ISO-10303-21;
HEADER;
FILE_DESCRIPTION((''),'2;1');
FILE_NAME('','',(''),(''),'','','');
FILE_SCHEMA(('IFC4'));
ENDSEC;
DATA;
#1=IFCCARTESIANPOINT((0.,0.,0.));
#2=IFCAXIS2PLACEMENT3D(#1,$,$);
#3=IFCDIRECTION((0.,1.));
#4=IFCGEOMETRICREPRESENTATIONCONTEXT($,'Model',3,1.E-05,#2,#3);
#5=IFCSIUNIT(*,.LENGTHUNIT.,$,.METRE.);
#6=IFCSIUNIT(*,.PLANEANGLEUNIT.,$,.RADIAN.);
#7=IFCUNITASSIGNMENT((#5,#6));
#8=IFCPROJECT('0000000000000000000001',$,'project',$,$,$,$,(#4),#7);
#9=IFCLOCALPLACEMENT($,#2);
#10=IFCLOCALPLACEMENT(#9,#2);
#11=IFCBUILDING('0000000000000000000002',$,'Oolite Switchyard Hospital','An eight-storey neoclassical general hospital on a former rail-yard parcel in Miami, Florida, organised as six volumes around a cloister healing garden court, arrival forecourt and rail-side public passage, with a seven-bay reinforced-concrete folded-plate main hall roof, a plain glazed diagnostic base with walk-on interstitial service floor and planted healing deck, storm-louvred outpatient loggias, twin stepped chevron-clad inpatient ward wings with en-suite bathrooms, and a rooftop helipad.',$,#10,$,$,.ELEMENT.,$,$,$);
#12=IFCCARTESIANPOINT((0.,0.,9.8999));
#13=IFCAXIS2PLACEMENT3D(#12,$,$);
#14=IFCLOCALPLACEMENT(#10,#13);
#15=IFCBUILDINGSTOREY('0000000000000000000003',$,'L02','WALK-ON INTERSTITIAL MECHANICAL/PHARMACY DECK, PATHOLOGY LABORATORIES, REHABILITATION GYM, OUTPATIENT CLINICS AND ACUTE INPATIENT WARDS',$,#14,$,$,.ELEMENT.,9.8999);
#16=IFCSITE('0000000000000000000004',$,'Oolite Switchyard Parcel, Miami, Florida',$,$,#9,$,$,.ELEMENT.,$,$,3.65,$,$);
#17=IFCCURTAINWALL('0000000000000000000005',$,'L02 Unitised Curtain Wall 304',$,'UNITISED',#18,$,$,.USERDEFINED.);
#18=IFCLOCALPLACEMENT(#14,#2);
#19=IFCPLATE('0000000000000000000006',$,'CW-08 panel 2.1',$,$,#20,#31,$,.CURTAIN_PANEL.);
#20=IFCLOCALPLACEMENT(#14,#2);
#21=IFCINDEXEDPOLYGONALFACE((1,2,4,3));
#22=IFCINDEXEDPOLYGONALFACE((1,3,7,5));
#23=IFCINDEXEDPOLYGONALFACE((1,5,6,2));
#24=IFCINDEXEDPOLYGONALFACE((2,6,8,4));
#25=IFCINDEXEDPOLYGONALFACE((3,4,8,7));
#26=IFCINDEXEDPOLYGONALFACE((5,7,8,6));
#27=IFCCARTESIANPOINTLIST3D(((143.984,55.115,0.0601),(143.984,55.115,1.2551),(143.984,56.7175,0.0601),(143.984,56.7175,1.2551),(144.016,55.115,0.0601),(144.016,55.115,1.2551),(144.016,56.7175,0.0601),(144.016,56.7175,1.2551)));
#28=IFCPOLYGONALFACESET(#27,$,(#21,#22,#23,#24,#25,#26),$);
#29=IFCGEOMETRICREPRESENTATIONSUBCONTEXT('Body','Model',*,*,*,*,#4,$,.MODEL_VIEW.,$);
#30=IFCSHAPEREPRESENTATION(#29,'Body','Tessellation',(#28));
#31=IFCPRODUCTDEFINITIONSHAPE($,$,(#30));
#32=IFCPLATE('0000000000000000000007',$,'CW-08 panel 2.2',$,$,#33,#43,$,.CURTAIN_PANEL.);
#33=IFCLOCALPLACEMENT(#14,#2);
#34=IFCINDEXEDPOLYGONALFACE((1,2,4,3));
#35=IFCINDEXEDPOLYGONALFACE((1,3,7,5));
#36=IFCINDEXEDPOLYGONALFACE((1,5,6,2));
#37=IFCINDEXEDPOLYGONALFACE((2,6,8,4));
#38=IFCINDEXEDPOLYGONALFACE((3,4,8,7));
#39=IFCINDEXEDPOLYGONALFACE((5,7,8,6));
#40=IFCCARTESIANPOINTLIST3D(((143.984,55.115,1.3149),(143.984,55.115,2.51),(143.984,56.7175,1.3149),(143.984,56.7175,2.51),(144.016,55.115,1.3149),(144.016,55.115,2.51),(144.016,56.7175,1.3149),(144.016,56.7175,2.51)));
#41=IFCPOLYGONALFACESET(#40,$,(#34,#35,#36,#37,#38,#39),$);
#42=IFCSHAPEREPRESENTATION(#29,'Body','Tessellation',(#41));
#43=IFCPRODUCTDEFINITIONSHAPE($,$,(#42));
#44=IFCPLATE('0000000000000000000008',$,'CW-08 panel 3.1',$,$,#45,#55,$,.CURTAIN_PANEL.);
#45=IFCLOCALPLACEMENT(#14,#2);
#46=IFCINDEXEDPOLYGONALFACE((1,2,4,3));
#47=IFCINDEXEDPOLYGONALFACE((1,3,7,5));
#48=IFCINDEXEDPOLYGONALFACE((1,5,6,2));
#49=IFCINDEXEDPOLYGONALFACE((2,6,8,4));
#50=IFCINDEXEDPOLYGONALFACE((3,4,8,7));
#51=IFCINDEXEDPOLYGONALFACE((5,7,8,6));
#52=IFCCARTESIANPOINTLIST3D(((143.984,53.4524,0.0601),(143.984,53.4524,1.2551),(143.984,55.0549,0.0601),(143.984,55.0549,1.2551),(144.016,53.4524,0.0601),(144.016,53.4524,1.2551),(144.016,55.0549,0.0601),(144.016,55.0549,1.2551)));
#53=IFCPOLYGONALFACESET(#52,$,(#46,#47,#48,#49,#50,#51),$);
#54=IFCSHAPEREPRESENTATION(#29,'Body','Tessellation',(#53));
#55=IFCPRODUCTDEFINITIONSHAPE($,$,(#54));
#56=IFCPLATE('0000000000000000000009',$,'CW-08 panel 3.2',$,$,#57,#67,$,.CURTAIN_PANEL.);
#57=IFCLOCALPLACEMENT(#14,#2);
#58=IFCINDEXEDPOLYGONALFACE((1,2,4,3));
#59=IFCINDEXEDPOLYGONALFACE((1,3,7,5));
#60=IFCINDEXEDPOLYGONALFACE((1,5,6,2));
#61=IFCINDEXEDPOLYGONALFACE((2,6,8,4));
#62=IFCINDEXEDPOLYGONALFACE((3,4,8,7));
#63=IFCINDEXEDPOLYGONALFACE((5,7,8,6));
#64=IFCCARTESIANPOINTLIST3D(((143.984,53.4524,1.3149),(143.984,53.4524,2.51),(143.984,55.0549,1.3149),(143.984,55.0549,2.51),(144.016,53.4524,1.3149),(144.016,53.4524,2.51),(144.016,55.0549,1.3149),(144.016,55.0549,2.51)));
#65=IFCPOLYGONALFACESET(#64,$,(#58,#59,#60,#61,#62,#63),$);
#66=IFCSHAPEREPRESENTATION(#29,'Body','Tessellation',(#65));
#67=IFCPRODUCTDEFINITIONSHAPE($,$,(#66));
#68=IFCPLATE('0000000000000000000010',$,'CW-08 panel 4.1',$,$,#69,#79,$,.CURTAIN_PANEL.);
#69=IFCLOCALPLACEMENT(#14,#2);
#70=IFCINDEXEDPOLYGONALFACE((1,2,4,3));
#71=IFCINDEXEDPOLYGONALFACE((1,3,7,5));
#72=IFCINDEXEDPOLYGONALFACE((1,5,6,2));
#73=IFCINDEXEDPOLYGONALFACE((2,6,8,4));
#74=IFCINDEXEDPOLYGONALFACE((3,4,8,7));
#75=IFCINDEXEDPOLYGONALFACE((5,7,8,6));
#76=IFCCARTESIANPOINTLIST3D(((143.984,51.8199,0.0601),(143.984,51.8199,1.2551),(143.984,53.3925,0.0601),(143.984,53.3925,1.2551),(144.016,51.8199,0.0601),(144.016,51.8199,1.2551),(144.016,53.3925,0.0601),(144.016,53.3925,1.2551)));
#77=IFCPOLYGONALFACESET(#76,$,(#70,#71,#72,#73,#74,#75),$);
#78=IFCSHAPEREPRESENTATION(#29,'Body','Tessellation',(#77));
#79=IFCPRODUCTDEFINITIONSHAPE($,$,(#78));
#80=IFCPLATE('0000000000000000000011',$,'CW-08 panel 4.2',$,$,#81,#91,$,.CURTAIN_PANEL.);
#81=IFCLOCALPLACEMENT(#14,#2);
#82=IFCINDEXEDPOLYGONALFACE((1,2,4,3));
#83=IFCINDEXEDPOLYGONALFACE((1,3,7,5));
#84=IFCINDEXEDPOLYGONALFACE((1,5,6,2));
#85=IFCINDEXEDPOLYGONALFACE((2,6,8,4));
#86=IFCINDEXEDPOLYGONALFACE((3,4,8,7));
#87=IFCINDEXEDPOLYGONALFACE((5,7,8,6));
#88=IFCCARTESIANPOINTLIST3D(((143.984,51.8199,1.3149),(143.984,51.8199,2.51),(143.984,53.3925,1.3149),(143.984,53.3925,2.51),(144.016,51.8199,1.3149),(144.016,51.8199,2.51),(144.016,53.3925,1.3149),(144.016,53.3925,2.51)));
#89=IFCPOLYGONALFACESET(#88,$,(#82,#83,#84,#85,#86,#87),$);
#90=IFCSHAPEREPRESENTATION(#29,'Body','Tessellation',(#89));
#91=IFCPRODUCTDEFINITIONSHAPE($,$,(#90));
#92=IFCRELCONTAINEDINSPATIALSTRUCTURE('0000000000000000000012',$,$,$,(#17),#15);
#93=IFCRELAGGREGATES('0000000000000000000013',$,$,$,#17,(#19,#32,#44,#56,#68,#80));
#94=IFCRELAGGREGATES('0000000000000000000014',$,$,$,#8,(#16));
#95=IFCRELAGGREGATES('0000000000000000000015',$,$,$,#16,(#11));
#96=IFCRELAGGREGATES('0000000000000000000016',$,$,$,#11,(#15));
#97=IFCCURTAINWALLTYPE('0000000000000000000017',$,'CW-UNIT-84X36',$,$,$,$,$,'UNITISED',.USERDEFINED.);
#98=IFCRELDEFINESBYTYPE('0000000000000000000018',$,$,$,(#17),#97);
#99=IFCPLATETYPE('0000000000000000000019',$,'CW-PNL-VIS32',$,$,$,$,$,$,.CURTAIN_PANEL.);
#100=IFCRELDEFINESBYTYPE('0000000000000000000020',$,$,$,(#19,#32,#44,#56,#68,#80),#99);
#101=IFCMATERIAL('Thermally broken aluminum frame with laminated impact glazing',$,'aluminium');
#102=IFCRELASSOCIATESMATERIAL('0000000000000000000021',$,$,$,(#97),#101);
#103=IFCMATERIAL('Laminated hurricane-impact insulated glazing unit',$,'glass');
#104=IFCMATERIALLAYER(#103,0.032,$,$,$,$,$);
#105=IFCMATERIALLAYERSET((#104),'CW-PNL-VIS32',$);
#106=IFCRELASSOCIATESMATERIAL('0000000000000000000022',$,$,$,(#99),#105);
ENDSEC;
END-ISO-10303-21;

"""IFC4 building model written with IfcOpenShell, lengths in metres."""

from ifc_helpers import new_model, si_unit, direction, frame, origin, origin_2d, place, context, subcontext, project, spatial, rectangle, extrude, material, layer, layer_set, type_object, element, aggregate, save


model = new_model("IFC4")

# Units and contexts
model_context = context("Model", 3, precision=1e-05, world=origin(), true_north=direction((0.0, 1.0)))
body_context = subcontext(model_context, "Body", "Model", "MODEL_VIEW")
ifc_project = project(units=[si_unit("LENGTHUNIT", "METRE"), si_unit("PLANEANGLEUNIT", "RADIAN")], contexts=[model_context])

# Site, building, storey
site_placement = place(None, origin())
site = spatial("IfcSite", under=ifc_project, at=site_placement, Name="Oolite Switchyard Parcel, Miami, Florida", CompositionType="ELEMENT", RefElevation=3.65)
building_placement = place(site_placement, origin())
building = spatial("IfcBuilding", under=site, at=building_placement, Name="Oolite Switchyard Hospital", Description="An eight-storey neoclassical general hospital on a former rail-yard parcel in Miami, Florida, organised as six volumes around a cloister healing garden court, arrival forecourt and rail-side public passage, with a seven-bay reinforced-concrete folded-plate main hall roof, a plain glazed diagnostic base with walk-on interstitial service floor and planted healing deck, storm-louvred outpatient loggias, twin stepped chevron-clad inpatient ward wings with en-suite bathrooms, and a rooftop helipad.", CompositionType="ELEMENT")
storey_placement = place(building_placement, frame((0.0, 0.0, 9.8999)))
storey = spatial("IfcBuildingStorey", under=building, at=storey_placement, Name="L02", Description="WALK-ON INTERSTITIAL MECHANICAL/PHARMACY DECK, PATHOLOGY LABORATORIES, REHABILITATION GYM, OUTPATIENT CLINICS AND ACUTE INPATIENT WARDS", CompositionType="ELEMENT", Elevation=9.8999)

# Curtain wall, plates
ifc_material_1 = material(Name="Thermally broken aluminum frame with laminated impact glazing", Category="aluminium")
curtain_wall_type = type_object("IfcCurtainWallType", Name="CW-UNIT-84X36", ElementType="UNITISED", PredefinedType="USERDEFINED", material=ifc_material_1)
curtain_wall_placement = place(storey_placement, origin())
curtain_wall = element("IfcCurtainWall", 1, at=curtain_wall_placement, inside=storey, type_object=curtain_wall_type, Name="L02 Unitised Curtain Wall 304", ObjectType="UNITISED", PredefinedType="USERDEFINED")
ifc_material_2 = material(Name="Laminated hurricane-impact insulated glazing unit", Category="glass")
ifc_layer = layer(ifc_material_2, 0.032)
ifc_layer_set = layer_set([ifc_layer], Name="CW-PNL-VIS32")
plate_type = type_object("IfcPlateType", Name="CW-PNL-VIS32", PredefinedType="CURTAIN_PANEL", material=ifc_layer_set)
plate_1_placement = place(storey_placement, frame((144.0, 55.9163, 0.0601), z_axis=(0.0, 0.0, 1.0), x_axis=(0.0, -1.0, 0.0)))
plate_1 = element("IfcPlate", 2, at=plate_1_placement, type_object=plate_type, Name="CW-08 panel 2.1", PredefinedType="CURTAIN_PANEL", context=body_context, shape_type="SweptSolid", body=[
    extrude(rectangle(XDim=1.6025, YDim=0.032, at=origin_2d()), origin(), (0.0, 0.0, 1.0), 1.1951),
])
plate_2_placement = place(storey_placement, frame((144.0, 55.9163, 1.3149), z_axis=(0.0, 0.0, 1.0), x_axis=(0.0, -1.0, 0.0)))
plate_2 = element("IfcPlate", 3, at=plate_2_placement, type_object=plate_type, Name="CW-08 panel 2.2", PredefinedType="CURTAIN_PANEL", context=body_context, shape_type="SweptSolid", body=[
    extrude(rectangle(XDim=1.6025, YDim=0.032, at=origin_2d()), origin(), (0.0, 0.0, 1.0), 1.1951),
])
plate_3_placement = place(storey_placement, frame((144.0, 54.2537, 0.0601), z_axis=(0.0, 0.0, 1.0), x_axis=(0.0, -1.0, 0.0)))
plate_3 = element("IfcPlate", 4, at=plate_3_placement, type_object=plate_type, Name="CW-08 panel 3.1", PredefinedType="CURTAIN_PANEL", context=body_context, shape_type="SweptSolid", body=[
    extrude(rectangle(XDim=1.6025, YDim=0.032, at=origin_2d()), origin(), (0.0, 0.0, 1.0), 1.1951),
])
plate_4_placement = place(storey_placement, frame((144.0, 54.2537, 1.3149), z_axis=(0.0, 0.0, 1.0), x_axis=(0.0, -1.0, 0.0)))
plate_4 = element("IfcPlate", 5, at=plate_4_placement, type_object=plate_type, Name="CW-08 panel 3.2", PredefinedType="CURTAIN_PANEL", context=body_context, shape_type="SweptSolid", body=[
    extrude(rectangle(XDim=1.6025, YDim=0.032, at=origin_2d()), origin(), (0.0, 0.0, 1.0), 1.1951),
])
plate_5_placement = place(storey_placement, frame((144.0, 52.6062, 0.0601), z_axis=(0.0, 0.0, 1.0), x_axis=(0.0, -1.0, 0.0)))
plate_5 = element("IfcPlate", 6, at=plate_5_placement, type_object=plate_type, Name="CW-08 panel 4.1", PredefinedType="CURTAIN_PANEL", context=body_context, shape_type="SweptSolid", body=[
    extrude(rectangle(XDim=1.5725, YDim=0.032, at=origin_2d()), origin(), (0.0, 0.0, 1.0), 1.1951),
])
plate_6_placement = place(storey_placement, frame((144.0, 52.6062, 1.3149), z_axis=(0.0, 0.0, 1.0), x_axis=(0.0, -1.0, 0.0)))
plate_6 = element("IfcPlate", 7, at=plate_6_placement, type_object=plate_type, Name="CW-08 panel 4.2", PredefinedType="CURTAIN_PANEL", context=body_context, shape_type="SweptSolid", body=[
    extrude(rectangle(XDim=1.5725, YDim=0.032, at=origin_2d()), origin(), (0.0, 0.0, 1.0), 1.1951),
])
aggregate(curtain_wall, [plate_1, plate_2, plate_3, plate_4, plate_5, plate_6])

save(model, "model.ifc")
